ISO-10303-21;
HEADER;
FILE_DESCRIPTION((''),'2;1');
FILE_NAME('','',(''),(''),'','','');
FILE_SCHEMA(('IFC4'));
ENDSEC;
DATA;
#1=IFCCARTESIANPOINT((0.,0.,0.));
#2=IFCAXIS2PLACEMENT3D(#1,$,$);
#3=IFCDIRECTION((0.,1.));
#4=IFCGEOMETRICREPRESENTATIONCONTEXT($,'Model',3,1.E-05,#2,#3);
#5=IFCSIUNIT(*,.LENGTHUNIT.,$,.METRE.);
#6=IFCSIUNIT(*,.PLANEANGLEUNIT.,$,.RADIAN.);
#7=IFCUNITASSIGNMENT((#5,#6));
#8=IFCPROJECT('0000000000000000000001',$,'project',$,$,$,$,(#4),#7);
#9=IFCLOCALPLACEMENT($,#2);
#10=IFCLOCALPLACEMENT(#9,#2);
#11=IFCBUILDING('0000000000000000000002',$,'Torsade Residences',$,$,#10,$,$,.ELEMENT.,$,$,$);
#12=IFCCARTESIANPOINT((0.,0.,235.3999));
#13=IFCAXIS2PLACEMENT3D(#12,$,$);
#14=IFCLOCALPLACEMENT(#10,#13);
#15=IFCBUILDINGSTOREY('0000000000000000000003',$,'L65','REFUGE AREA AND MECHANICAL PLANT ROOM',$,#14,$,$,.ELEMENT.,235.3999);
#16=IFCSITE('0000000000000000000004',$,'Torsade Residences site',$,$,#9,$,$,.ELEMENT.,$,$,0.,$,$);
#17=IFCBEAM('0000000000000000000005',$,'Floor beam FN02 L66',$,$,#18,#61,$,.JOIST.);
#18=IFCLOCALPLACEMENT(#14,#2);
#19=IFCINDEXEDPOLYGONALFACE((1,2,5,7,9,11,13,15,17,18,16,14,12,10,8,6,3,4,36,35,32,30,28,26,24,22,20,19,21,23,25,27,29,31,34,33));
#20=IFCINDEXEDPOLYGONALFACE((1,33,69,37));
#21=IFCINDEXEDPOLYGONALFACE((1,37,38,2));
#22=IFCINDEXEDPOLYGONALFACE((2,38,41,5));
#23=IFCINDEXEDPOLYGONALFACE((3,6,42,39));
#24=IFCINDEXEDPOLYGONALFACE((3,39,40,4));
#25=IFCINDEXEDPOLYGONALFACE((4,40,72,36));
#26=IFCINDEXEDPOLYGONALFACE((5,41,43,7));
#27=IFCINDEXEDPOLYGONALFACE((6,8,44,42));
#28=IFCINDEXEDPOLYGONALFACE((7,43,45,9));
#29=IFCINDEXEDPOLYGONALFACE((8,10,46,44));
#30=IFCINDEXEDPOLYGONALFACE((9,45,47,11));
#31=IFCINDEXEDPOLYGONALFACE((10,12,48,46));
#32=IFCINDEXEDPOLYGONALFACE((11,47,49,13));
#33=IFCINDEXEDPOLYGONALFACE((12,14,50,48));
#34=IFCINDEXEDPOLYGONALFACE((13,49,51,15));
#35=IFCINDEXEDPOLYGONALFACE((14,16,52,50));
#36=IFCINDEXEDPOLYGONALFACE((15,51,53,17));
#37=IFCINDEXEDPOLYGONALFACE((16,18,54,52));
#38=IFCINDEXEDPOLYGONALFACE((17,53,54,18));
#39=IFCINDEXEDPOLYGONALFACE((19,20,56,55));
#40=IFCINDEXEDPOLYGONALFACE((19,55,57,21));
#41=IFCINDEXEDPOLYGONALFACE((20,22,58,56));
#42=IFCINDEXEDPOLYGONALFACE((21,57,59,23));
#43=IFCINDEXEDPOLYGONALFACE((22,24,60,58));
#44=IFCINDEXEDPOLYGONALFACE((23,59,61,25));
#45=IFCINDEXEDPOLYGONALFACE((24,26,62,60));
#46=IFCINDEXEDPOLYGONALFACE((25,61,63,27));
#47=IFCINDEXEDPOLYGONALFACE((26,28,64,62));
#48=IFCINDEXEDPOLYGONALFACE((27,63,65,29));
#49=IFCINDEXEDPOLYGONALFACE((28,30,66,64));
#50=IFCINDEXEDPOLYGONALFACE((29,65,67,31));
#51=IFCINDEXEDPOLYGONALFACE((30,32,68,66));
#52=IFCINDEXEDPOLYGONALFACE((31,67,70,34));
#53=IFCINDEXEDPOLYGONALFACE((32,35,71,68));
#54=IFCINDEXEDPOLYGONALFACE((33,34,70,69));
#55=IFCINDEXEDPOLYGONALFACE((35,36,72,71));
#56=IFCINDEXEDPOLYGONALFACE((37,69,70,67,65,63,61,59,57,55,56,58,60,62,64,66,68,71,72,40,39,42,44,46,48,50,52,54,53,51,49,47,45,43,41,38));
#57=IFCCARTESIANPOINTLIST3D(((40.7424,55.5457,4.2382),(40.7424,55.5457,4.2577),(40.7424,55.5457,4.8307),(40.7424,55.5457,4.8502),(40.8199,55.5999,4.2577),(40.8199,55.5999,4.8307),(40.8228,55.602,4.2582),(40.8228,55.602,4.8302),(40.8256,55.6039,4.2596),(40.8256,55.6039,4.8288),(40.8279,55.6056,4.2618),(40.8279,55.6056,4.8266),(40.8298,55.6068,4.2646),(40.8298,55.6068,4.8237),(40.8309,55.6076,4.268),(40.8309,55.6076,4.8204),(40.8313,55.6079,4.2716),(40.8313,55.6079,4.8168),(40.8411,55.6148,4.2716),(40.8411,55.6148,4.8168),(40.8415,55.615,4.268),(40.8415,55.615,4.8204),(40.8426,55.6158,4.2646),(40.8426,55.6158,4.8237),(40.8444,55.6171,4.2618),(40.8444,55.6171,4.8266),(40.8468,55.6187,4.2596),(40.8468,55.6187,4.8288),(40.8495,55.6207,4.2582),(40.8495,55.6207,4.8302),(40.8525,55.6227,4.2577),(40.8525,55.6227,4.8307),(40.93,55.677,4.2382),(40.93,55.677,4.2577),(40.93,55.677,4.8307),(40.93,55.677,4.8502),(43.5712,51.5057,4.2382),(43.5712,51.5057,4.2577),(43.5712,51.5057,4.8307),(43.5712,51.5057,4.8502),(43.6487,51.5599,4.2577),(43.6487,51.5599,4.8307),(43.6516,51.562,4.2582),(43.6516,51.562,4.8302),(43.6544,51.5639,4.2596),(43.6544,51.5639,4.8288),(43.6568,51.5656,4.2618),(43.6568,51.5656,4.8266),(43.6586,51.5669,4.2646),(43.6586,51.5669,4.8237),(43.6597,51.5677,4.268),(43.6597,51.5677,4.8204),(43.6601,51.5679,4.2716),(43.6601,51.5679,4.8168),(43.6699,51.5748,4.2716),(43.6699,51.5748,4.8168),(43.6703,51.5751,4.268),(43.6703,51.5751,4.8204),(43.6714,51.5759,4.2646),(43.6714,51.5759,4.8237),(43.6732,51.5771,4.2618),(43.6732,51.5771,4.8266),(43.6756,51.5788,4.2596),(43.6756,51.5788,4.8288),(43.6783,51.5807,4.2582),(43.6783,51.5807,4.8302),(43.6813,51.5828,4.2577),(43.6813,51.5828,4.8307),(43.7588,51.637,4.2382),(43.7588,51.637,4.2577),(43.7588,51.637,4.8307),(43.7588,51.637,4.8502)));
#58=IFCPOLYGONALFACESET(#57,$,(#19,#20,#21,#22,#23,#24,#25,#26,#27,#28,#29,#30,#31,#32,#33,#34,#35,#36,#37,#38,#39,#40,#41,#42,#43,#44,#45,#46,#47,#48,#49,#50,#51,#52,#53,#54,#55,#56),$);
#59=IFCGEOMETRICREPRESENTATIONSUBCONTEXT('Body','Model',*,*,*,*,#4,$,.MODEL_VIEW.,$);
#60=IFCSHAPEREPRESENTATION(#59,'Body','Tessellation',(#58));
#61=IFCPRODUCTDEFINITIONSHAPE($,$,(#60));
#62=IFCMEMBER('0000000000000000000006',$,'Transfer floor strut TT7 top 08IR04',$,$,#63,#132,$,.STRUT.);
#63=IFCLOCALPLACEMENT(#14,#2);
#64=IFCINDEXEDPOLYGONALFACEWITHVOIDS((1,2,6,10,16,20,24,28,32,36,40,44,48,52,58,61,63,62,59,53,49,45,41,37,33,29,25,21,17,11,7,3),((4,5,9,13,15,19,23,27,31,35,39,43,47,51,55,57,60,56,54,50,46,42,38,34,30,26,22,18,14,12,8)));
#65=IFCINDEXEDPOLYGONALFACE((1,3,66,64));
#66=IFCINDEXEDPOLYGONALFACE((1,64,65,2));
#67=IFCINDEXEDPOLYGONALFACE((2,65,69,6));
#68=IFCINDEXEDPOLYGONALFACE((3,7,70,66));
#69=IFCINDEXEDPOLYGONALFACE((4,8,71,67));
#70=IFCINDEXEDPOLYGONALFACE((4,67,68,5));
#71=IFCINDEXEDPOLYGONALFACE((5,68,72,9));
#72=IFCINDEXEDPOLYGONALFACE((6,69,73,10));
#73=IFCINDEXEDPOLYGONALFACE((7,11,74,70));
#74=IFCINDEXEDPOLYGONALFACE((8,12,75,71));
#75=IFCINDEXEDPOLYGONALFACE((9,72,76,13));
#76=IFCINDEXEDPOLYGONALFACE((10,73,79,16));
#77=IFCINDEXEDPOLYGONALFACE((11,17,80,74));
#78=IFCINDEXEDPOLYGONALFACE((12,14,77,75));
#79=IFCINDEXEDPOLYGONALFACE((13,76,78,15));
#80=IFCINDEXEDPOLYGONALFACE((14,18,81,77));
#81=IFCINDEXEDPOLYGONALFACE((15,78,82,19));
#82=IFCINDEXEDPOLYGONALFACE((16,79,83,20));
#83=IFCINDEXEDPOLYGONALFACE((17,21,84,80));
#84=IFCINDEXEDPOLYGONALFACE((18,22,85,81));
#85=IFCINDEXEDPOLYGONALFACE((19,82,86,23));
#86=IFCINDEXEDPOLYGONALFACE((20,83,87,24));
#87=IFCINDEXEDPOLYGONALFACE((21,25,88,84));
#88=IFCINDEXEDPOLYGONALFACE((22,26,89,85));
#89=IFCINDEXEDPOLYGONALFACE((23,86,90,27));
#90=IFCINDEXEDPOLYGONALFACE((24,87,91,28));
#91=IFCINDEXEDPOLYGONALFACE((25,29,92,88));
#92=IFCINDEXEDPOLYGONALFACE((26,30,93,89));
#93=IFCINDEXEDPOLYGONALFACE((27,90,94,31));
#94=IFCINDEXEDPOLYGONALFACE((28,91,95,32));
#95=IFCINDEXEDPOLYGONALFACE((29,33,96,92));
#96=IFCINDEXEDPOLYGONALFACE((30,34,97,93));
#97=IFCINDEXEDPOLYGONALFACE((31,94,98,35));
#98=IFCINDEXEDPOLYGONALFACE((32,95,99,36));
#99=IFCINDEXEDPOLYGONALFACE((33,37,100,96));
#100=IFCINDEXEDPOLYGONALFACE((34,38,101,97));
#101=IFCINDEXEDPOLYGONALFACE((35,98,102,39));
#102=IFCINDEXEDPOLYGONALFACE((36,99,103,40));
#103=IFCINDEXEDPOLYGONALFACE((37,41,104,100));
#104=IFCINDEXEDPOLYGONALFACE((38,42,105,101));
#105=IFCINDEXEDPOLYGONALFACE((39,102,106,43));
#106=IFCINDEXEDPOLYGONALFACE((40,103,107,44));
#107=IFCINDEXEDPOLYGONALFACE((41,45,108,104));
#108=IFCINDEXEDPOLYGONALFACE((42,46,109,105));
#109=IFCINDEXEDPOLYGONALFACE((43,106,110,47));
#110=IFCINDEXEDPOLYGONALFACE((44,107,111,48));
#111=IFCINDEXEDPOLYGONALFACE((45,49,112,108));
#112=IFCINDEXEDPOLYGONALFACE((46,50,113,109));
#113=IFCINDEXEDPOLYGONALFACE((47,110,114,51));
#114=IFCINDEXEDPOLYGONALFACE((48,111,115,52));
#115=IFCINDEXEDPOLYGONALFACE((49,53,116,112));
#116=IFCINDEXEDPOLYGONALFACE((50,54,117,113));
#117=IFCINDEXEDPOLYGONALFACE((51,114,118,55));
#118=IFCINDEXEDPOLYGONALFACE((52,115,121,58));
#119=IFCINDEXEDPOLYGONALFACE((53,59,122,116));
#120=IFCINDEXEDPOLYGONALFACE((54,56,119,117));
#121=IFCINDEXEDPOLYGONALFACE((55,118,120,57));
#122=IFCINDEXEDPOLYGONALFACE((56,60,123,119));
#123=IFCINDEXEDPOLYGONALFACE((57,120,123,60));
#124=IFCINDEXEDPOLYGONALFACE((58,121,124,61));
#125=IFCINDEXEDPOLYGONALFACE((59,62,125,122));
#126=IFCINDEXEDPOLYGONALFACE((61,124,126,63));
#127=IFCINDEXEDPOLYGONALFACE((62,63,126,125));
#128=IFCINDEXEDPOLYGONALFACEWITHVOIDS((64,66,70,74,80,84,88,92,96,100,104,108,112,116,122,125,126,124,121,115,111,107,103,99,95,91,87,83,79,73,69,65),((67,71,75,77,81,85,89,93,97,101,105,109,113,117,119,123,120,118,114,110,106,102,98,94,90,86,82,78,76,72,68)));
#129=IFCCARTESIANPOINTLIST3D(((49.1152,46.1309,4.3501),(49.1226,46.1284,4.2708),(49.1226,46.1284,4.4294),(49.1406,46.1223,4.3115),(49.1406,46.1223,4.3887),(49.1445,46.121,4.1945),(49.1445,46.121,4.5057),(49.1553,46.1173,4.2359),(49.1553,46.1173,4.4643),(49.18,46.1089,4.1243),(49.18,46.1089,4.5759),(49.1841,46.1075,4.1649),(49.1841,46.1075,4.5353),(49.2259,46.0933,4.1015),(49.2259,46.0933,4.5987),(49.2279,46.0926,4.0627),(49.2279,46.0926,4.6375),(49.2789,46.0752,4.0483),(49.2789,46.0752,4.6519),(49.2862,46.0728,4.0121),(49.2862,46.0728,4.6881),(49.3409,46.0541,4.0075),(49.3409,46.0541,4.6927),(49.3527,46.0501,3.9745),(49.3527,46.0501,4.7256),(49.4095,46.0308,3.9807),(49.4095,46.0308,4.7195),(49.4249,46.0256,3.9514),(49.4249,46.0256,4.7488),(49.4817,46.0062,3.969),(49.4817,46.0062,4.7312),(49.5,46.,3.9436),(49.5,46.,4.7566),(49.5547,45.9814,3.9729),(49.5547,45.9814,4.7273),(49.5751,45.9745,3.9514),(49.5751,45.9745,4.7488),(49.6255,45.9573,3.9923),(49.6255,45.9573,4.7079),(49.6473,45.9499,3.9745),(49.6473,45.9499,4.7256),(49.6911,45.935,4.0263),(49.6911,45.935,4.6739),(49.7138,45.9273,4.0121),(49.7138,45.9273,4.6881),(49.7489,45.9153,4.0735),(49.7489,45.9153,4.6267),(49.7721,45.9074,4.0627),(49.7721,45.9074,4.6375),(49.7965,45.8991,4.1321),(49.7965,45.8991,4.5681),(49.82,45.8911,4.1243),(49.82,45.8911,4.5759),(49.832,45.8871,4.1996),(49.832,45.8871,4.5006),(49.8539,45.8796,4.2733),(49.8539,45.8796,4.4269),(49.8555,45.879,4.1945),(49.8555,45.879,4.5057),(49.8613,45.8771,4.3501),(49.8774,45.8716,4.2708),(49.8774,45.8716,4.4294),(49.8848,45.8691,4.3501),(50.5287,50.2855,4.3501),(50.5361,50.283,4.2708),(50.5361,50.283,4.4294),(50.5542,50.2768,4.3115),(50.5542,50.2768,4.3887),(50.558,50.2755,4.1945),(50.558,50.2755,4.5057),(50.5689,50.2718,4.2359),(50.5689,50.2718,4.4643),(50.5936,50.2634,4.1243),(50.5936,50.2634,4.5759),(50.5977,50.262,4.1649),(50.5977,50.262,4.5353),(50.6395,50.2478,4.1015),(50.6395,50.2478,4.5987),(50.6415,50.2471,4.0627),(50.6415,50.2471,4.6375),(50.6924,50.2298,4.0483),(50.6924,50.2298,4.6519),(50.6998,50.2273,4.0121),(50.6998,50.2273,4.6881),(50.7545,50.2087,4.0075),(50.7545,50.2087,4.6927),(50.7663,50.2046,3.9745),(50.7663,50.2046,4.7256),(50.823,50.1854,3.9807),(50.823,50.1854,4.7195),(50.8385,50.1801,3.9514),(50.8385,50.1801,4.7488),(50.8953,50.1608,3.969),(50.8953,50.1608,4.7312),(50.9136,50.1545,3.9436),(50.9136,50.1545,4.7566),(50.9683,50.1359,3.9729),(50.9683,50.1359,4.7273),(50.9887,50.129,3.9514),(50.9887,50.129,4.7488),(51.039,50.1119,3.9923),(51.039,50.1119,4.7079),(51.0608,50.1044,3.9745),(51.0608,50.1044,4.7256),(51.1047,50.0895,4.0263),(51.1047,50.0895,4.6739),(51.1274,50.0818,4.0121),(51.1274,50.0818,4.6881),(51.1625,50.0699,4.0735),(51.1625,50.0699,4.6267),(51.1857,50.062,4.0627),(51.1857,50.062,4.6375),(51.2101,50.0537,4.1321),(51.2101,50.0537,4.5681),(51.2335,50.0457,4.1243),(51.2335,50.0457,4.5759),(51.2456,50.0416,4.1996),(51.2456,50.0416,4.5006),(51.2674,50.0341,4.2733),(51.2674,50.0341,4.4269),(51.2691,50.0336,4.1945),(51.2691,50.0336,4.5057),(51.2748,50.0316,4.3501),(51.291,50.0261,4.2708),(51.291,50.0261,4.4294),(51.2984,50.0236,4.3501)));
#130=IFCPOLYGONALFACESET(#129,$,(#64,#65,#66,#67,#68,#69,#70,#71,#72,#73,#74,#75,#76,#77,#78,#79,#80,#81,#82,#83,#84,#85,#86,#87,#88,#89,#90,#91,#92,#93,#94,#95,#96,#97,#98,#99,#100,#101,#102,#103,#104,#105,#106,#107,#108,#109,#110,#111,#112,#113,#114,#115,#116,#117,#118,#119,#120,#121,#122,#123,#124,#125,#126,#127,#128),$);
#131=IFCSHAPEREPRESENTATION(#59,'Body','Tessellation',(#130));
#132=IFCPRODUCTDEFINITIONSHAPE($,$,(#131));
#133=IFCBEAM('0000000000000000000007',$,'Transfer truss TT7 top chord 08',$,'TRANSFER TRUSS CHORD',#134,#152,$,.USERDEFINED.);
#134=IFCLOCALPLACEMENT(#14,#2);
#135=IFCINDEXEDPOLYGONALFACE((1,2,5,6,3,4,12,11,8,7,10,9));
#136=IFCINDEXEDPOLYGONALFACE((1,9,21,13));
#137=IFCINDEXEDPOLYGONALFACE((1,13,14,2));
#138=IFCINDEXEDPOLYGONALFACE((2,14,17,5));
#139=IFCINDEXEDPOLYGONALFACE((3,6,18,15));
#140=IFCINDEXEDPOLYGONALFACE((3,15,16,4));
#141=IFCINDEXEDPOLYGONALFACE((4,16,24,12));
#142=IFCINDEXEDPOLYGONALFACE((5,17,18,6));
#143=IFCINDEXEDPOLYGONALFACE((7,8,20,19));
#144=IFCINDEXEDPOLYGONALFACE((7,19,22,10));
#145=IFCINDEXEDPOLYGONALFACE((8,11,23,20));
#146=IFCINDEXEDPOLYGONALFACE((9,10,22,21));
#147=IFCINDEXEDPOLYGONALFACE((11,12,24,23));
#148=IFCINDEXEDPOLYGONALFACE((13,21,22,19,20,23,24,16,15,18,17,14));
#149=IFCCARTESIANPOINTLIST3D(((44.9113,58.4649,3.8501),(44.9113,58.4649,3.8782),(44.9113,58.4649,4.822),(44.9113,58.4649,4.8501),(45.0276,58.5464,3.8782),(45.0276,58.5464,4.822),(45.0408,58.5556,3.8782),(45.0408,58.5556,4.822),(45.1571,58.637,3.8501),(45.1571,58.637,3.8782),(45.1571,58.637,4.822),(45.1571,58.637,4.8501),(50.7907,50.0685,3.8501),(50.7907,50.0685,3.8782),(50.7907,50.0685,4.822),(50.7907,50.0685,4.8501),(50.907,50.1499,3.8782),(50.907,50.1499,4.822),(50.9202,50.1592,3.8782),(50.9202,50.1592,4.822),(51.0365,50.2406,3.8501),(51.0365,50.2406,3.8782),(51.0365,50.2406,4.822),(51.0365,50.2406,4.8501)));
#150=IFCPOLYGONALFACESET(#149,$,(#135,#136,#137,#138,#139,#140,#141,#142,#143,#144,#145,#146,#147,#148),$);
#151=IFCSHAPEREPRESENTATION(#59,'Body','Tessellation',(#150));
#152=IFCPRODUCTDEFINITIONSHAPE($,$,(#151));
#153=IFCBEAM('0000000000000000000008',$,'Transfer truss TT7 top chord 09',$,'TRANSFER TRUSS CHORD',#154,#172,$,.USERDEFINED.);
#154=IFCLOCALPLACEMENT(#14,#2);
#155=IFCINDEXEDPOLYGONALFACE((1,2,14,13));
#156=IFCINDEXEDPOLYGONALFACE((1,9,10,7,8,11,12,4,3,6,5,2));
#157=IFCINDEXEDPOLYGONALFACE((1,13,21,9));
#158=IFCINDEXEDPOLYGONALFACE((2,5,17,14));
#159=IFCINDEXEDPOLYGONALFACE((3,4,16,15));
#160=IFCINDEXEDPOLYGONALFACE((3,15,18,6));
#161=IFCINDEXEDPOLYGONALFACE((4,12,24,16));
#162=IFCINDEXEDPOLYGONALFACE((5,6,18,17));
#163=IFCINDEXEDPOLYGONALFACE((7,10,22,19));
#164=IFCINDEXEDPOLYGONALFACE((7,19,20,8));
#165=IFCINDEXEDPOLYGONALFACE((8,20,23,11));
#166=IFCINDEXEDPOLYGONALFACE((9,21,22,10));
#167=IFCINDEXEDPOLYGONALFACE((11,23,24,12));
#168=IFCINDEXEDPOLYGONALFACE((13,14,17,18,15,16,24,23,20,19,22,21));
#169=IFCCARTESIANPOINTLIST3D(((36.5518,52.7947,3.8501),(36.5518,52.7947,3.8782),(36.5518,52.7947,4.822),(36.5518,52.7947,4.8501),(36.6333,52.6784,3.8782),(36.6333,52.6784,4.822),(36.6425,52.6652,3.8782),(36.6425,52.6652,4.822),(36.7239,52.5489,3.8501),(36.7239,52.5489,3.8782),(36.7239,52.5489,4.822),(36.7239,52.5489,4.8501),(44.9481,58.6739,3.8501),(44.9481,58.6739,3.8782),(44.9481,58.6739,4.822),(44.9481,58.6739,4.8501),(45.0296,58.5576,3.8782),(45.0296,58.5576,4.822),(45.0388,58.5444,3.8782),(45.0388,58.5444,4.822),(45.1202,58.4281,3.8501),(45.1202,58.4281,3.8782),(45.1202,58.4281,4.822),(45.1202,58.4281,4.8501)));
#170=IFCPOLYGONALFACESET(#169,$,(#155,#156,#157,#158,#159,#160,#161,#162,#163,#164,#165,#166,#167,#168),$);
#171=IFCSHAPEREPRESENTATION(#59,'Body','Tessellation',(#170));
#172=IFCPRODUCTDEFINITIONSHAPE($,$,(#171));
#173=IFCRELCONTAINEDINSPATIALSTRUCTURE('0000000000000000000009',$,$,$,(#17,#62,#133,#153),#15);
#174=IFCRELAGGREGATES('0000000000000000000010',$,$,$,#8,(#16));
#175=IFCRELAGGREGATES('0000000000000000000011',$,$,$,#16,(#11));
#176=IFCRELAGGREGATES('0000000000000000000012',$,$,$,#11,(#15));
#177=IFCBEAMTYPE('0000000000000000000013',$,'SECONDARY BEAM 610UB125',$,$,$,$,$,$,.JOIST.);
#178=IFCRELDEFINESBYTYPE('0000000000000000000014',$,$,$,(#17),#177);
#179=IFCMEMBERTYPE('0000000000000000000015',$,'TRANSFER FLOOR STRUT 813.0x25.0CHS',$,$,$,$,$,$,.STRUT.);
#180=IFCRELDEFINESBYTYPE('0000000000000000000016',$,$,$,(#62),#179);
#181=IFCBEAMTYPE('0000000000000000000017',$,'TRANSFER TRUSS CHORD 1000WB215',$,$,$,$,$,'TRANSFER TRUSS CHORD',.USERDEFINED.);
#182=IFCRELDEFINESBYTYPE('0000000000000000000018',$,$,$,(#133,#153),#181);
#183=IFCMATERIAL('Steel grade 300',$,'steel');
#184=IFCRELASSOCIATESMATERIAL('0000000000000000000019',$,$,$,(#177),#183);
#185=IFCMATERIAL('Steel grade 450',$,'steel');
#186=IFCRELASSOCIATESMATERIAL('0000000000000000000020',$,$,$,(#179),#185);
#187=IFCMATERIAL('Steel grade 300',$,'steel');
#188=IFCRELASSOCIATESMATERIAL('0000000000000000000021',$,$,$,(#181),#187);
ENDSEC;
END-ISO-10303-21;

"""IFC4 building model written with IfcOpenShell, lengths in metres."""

from ifc_helpers import new_model, si_unit, direction, frame, origin, origin_2d, place, context, subcontext, project, spatial, hollow_circle, i_section, extrude, material, material_profile, profile_set, type_object, element, save


model = new_model("IFC4")

# Units and contexts
model_context = context("Model", 3, precision=1e-05, world=origin(), true_north=direction((0.0, 1.0)))
body_context = subcontext(model_context, "Body", "Model", "MODEL_VIEW")
ifc_project = project(units=[si_unit("LENGTHUNIT", "METRE"), si_unit("PLANEANGLEUNIT", "RADIAN")], contexts=[model_context])

# Site, building, storey
site_placement = place(None, origin())
site = spatial("IfcSite", under=ifc_project, at=site_placement, Name="Torsade Residences site", CompositionType="ELEMENT", RefElevation=0.0)
building_placement = place(site_placement, origin())
building = spatial("IfcBuilding", under=site, at=building_placement, Name="Torsade Residences", CompositionType="ELEMENT")
storey_placement = place(building_placement, frame((0.0, 0.0, 235.3999)))
storey = spatial("IfcBuildingStorey", under=building, at=storey_placement, Name="L65", Description="REFUGE AREA AND MECHANICAL PLANT ROOM", CompositionType="ELEMENT", Elevation=235.3999)

# Beam
ifc_material_1 = material(Name="Steel grade 300", Category="steel")
ifc_material_profile_1 = material_profile(ifc_material_1, i_section(OverallWidth=0.229, OverallDepth=0.6121, WebThickness=0.012, FlangeThickness=0.0195, FilletRadius=0.0139, at=origin_2d()), Name="610UB125")
ifc_profile_set_1 = profile_set([ifc_material_profile_1], Name="Steel grade 300")
beam_type_1 = type_object("IfcBeamType", Name="SECONDARY BEAM 610UB125", PredefinedType="JOIST", material=ifc_profile_set_1)
beam_1_placement = place(storey_placement, frame((40.8362, 55.6113, 4.5442), z_axis=(0.573575, -0.819153, 0.0), x_axis=(0.819153, 0.573575, 0.0)))
element("IfcBeam", 1, at=beam_1_placement, inside=storey, type_object=beam_type_1, Name="Floor beam FN02 L66", PredefinedType="JOIST", context=body_context, shape_type="SweptSolid", body=[
    extrude(i_section(OverallWidth=0.229, OverallDepth=0.6121, WebThickness=0.012, FlangeThickness=0.0195, FilletRadius=0.0139, at=origin_2d()), origin(), (0.0, 0.0, 1.0), 4.9319),
])

# Member
ifc_material_2 = material(Name="Steel grade 450", Category="steel")
ifc_material_profile_2 = material_profile(ifc_material_2, hollow_circle(Radius=0.4065, WallThickness=0.0249, at=origin_2d()), Name="813.0x25.0CHS")
ifc_profile_set_2 = profile_set([ifc_material_profile_2], Name="Steel grade 450")
member_type_1 = type_object("IfcMemberType", Name="TRANSFER FLOOR STRUT 813.0x25.0CHS", PredefinedType="STRUT", material=ifc_profile_set_2)
member_1_placement = place(storey_placement, frame((50.9136, 50.1545, 4.3501), z_axis=(-0.322113, -0.946701, 0.0), x_axis=(0.946701, -0.322113, 0.0)))
element("IfcMember", 2, at=member_1_placement, inside=storey, type_object=member_type_1, Name="Transfer floor strut TT7 top 08IR04", PredefinedType="STRUT", context=body_context, shape_type="SweptSolid", body=[
    extrude(hollow_circle(Radius=0.4065, WallThickness=0.0249, at=origin_2d()), origin(), (0.0, 0.0, 1.0), 4.3884),
])

# Beams
ifc_material_3 = material(Name="Steel grade 300", Category="steel")
ifc_material_profile_3 = material_profile(ifc_material_3, i_section(OverallWidth=0.3, OverallDepth=1.0, WebThickness=0.0161, FlangeThickness=0.0281, at=origin_2d()), Name="1000WB215")
ifc_profile_set_3 = profile_set([ifc_material_profile_3], Name="Steel grade 300")
beam_type_2 = type_object("IfcBeamType", Name="TRANSFER TRUSS CHORD 1000WB215", ElementType="TRANSFER TRUSS CHORD", PredefinedType="USERDEFINED", material=ifc_profile_set_3)
beam_2_placement = place(storey_placement, frame((50.9136, 50.1545, 4.3501), z_axis=(-0.573584, 0.819147, 0.0), x_axis=(-0.819147, -0.573584, 0.0)))
element("IfcBeam", 3, at=beam_2_placement, inside=storey, type_object=beam_type_2, Name="Transfer truss TT7 top chord 08", ObjectType="TRANSFER TRUSS CHORD", PredefinedType="USERDEFINED", context=body_context, shape_type="SweptSolid", body=[
    extrude(i_section(OverallWidth=0.3, OverallDepth=1.0, WebThickness=0.0161, FlangeThickness=0.0281, at=origin_2d()), origin(), (0.0, 0.0, 1.0), 10.2502),
])
beam_3_placement = place(storey_placement, frame((45.0342, 58.551, 4.3501), z_axis=(-0.81915, -0.573579, 0.0), x_axis=(0.573579, -0.81915, 0.0)))
element("IfcBeam", 4, at=beam_3_placement, inside=storey, type_object=beam_type_2, Name="Transfer truss TT7 top chord 09", ObjectType="TRANSFER TRUSS CHORD", PredefinedType="USERDEFINED", context=body_context, shape_type="SweptSolid", body=[
    extrude(i_section(OverallWidth=0.3, OverallDepth=1.0, WebThickness=0.0161, FlangeThickness=0.0281, at=origin_2d()), origin(), (0.0, 0.0, 1.0), 10.25),
])

save(model, "model.ifc")
